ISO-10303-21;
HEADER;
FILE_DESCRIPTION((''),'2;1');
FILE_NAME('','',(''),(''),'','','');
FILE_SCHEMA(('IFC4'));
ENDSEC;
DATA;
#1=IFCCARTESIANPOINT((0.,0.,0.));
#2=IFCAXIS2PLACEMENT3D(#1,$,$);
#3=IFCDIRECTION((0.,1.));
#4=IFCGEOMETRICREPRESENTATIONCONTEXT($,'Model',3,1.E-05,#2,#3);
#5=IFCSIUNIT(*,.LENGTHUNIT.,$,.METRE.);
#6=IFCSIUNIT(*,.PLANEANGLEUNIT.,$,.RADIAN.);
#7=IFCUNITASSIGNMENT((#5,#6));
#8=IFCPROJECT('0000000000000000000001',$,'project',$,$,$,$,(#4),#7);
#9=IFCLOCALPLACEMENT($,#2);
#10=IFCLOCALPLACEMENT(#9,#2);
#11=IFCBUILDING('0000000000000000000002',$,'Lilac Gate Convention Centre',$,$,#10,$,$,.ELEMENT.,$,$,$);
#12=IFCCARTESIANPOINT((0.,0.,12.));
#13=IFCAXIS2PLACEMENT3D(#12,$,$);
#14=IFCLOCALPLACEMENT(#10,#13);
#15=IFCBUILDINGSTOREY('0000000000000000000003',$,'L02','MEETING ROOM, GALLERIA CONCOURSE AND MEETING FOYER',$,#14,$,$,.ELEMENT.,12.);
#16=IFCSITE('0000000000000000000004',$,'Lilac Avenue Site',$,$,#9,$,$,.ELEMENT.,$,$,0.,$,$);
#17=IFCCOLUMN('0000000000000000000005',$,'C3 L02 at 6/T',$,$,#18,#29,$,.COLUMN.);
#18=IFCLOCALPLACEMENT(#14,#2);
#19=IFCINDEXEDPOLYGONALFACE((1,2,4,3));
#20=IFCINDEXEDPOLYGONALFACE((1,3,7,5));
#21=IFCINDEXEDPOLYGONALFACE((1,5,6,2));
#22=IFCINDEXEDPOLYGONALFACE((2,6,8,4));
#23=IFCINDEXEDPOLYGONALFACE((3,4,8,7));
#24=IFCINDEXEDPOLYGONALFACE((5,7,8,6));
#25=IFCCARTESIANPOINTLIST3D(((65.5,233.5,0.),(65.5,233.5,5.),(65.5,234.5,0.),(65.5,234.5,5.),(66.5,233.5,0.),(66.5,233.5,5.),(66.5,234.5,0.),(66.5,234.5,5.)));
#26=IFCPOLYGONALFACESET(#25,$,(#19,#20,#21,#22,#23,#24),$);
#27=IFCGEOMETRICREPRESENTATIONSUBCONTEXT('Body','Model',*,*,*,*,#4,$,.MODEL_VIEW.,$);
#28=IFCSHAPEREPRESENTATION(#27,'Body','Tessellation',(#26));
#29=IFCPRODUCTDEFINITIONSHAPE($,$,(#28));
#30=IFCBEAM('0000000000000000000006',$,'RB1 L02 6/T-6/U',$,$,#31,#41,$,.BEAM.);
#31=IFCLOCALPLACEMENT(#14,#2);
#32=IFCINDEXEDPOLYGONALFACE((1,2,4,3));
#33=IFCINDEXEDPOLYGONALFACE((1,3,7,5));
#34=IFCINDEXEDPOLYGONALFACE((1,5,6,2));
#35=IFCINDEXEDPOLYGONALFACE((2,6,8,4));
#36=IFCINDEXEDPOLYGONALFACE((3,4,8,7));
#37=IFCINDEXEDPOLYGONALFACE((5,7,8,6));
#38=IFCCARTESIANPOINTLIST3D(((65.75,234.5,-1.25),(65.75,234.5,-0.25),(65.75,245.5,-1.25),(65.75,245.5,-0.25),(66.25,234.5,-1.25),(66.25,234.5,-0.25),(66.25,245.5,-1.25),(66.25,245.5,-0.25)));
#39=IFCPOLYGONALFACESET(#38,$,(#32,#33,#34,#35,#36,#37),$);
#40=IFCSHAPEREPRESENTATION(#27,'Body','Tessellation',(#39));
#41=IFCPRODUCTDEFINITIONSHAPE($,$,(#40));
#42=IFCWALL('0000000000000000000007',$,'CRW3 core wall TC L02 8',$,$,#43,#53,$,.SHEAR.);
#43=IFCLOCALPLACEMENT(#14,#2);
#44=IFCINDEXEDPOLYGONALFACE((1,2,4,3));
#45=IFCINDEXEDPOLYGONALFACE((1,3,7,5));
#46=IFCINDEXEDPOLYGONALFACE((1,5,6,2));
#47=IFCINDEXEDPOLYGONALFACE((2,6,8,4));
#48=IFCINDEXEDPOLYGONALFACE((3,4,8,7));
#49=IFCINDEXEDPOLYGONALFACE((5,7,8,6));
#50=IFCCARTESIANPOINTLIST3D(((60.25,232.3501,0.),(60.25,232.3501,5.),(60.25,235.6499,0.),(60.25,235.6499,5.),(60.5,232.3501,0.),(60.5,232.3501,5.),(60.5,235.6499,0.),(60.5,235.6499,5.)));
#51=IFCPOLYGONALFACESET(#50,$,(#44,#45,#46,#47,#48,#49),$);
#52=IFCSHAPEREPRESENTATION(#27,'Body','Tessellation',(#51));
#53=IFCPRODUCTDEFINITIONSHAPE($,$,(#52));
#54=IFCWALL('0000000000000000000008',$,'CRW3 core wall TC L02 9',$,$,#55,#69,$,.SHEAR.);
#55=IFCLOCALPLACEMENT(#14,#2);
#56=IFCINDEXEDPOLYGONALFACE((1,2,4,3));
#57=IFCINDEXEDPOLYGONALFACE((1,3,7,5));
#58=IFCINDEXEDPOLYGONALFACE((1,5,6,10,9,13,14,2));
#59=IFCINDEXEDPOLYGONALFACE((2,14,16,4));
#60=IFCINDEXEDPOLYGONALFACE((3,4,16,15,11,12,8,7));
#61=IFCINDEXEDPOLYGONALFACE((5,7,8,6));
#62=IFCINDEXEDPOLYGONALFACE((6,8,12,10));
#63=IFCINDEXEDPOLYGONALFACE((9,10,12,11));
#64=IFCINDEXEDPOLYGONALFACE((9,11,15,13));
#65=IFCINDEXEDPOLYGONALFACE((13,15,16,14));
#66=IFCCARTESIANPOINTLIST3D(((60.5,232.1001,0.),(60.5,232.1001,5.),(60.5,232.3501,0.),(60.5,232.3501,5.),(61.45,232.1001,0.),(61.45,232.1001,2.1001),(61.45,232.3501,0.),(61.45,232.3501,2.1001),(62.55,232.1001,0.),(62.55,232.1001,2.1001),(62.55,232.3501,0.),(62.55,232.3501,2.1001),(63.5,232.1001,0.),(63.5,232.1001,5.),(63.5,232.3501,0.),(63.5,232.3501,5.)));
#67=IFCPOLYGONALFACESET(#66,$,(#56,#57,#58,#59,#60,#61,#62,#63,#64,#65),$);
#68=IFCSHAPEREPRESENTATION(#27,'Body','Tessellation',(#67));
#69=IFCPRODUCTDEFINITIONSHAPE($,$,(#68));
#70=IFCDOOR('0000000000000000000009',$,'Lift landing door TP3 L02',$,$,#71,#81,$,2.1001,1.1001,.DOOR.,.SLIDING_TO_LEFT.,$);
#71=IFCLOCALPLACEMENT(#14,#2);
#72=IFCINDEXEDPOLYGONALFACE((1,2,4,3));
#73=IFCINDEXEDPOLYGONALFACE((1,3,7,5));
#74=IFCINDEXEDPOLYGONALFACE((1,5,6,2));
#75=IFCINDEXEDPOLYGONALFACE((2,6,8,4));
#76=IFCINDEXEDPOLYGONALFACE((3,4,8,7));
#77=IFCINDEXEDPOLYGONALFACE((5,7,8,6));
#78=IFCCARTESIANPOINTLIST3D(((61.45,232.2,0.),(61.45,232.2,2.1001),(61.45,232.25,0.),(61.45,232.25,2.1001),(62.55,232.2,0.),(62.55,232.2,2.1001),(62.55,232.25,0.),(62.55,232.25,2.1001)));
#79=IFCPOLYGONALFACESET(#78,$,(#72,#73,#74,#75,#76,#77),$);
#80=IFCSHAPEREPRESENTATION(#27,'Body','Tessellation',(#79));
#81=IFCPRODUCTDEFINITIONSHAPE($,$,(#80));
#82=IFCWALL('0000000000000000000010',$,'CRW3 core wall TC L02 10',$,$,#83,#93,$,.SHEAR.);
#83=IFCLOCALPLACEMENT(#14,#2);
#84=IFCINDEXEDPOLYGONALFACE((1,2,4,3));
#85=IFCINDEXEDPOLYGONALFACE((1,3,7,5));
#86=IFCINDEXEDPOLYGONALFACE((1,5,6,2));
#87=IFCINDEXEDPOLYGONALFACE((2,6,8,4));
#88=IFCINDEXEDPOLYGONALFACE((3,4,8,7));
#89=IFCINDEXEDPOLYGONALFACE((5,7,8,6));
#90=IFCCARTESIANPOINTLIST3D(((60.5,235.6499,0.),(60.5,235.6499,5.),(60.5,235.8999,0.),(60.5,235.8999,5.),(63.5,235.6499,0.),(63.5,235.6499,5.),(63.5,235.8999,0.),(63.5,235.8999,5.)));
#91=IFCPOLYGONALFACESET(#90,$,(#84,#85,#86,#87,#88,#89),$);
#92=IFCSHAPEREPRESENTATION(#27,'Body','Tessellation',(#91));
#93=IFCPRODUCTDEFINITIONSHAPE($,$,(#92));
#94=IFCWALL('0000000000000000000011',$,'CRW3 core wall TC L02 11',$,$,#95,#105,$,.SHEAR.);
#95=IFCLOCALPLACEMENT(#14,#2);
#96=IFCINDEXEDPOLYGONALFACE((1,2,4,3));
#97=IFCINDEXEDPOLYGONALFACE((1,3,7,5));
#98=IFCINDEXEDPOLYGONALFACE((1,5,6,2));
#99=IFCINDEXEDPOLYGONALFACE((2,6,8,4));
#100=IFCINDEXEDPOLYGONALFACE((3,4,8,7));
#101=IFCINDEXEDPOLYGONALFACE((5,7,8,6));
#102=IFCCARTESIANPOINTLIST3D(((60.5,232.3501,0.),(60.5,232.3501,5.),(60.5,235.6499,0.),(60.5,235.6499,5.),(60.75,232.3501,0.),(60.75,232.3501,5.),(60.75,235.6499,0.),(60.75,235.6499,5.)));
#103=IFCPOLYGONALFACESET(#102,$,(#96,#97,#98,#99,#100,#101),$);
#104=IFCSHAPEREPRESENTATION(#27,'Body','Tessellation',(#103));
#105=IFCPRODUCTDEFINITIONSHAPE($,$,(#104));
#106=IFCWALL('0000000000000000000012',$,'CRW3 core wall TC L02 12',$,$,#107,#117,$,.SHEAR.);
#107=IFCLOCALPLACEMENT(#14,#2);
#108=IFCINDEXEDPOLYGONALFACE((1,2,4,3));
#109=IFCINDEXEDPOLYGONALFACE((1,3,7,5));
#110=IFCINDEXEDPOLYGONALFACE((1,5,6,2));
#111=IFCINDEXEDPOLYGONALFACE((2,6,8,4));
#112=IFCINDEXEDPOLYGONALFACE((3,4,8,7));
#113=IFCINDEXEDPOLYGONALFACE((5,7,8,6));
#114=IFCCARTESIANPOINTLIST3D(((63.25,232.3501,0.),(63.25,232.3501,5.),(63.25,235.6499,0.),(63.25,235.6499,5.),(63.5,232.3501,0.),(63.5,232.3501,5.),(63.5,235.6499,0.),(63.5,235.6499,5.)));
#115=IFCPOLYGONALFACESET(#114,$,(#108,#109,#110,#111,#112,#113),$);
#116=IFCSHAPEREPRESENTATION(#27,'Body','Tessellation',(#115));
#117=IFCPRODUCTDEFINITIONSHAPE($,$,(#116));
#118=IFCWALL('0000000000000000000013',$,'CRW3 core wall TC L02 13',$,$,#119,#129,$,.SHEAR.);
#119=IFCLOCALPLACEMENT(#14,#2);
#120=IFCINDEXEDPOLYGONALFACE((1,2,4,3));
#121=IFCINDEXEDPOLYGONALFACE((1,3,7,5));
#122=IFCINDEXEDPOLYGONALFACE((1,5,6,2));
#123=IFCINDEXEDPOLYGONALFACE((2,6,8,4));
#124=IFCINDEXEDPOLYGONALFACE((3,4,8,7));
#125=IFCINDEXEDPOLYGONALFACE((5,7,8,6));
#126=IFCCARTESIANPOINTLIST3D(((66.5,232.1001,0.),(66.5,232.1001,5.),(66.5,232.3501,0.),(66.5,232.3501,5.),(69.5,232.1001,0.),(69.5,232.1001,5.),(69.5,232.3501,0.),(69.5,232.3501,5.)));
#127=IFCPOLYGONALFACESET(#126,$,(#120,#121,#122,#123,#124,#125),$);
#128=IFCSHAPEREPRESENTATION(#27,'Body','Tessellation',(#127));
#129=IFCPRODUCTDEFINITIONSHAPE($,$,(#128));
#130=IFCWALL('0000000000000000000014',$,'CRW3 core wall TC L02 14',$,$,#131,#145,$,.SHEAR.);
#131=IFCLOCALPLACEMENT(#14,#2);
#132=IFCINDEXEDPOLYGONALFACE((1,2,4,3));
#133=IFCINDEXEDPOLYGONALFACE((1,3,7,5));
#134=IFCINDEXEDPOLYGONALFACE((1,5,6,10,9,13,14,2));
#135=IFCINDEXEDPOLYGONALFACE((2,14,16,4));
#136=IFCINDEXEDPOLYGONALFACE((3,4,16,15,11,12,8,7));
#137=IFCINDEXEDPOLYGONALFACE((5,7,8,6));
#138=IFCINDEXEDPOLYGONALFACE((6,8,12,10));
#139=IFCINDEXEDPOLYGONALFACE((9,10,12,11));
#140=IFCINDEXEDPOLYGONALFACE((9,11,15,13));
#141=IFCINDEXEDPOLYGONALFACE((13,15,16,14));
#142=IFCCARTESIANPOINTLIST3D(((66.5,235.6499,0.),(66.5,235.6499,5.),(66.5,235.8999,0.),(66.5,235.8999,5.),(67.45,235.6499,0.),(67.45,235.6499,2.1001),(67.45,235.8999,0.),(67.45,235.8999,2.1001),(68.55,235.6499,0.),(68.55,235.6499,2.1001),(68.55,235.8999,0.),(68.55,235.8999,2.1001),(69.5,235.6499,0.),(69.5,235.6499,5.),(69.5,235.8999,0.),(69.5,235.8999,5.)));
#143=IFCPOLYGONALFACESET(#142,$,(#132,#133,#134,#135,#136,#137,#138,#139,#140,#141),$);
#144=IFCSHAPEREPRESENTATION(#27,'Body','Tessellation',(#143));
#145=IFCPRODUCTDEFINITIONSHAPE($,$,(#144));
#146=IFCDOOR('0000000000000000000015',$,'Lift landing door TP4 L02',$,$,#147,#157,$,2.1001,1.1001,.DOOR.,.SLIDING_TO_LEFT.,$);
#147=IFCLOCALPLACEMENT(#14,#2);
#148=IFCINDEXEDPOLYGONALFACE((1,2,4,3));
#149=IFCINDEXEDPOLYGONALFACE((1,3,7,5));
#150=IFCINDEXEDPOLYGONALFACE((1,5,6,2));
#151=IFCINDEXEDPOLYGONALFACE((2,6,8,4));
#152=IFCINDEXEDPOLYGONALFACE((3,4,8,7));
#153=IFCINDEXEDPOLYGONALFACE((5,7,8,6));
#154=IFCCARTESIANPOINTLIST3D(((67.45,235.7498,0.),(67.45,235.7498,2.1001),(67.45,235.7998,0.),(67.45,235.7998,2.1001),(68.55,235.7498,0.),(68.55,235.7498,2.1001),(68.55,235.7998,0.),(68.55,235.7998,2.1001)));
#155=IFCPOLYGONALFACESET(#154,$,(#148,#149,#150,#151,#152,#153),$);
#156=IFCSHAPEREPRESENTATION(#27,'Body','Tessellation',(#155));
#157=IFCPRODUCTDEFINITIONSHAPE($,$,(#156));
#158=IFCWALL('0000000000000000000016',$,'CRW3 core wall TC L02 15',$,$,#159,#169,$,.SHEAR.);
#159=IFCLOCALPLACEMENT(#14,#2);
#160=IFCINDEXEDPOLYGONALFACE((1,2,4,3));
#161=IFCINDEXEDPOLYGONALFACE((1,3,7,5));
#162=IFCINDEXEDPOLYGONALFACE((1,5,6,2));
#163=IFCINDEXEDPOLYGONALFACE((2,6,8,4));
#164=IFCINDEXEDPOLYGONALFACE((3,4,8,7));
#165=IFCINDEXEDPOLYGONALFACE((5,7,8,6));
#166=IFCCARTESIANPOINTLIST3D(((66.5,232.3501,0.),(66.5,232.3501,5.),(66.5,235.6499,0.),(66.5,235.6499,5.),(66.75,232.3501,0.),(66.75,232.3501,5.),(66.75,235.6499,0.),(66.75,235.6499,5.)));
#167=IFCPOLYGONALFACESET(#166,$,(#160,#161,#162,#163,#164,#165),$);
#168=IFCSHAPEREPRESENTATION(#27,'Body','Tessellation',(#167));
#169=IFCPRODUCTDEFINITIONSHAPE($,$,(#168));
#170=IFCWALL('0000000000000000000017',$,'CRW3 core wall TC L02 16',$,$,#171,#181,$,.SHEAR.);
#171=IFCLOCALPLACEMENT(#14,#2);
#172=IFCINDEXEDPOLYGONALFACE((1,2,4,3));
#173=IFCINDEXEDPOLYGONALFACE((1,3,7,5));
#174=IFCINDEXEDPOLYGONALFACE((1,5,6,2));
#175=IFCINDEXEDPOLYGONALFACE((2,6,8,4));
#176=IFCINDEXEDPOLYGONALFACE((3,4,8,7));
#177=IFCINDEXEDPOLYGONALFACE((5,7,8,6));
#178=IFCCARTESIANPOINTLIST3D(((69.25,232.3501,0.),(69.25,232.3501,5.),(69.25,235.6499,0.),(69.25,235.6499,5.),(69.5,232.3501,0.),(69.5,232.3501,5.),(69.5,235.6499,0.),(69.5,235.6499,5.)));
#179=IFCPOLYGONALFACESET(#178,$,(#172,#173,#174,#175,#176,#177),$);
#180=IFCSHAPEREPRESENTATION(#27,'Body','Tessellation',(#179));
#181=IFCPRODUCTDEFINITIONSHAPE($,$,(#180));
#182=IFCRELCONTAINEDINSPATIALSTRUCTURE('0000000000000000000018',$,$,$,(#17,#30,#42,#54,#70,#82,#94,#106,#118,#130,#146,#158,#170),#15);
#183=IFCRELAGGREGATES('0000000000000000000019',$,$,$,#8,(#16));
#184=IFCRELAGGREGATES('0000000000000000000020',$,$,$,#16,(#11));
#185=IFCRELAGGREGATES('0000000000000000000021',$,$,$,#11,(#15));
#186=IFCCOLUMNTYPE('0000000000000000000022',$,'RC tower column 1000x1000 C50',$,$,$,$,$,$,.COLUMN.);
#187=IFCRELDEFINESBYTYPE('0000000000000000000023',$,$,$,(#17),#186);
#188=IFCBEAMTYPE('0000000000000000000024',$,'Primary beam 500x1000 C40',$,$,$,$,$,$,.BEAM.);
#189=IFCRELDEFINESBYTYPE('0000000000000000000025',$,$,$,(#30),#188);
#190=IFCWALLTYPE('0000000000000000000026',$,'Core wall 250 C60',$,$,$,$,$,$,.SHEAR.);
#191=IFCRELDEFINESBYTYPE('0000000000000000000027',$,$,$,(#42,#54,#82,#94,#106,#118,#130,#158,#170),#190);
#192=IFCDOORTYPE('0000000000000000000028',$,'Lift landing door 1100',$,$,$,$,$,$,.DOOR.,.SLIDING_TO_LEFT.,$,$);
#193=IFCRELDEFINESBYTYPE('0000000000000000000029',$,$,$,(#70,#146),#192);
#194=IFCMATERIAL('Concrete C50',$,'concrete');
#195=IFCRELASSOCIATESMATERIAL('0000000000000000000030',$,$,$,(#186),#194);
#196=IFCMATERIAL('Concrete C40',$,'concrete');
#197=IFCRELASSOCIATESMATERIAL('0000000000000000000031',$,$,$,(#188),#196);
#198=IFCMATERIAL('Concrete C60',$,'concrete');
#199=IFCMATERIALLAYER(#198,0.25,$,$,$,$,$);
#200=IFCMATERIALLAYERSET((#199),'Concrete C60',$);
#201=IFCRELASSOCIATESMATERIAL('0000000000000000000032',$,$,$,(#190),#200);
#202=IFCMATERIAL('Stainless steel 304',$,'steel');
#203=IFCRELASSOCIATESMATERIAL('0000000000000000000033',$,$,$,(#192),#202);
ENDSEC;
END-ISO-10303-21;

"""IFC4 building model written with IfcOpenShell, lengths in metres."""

from ifc_helpers import new_model, si_unit, direction, frame, frame_2d, origin, origin_2d, place, context, subcontext, project, spatial, rectangle, extrude, material, layer, layer_set, material_profile, profile_set, type_object, element, fill, save


model = new_model("IFC4")

# Units and contexts
model_context = context("Model", 3, precision=1e-05, world=origin(), true_north=direction((0.0, 1.0)))
body_context = subcontext(model_context, "Body", "Model", "MODEL_VIEW")
ifc_project = project(units=[si_unit("LENGTHUNIT", "METRE"), si_unit("PLANEANGLEUNIT", "RADIAN")], contexts=[model_context])

# Site, building, storey
site_placement = place(None, origin())
site = spatial("IfcSite", under=ifc_project, at=site_placement, Name="Lilac Avenue Site", CompositionType="ELEMENT", RefElevation=0.0)
building_placement = place(site_placement, origin())
building = spatial("IfcBuilding", under=site, at=building_placement, Name="Lilac Gate Convention Centre", CompositionType="ELEMENT")
storey_placement = place(building_placement, frame((0.0, 0.0, 12.0)))
storey = spatial("IfcBuildingStorey", under=building, at=storey_placement, Name="L02", Description="MEETING ROOM, GALLERIA CONCOURSE AND MEETING FOYER", CompositionType="ELEMENT", Elevation=12.0)

# Column
ifc_material_1 = material(Name="Concrete C50", Category="concrete")
ifc_material_profile_1 = material_profile(ifc_material_1, rectangle(XDim=1.0, YDim=1.0, at=origin_2d()), Name="RC 1000x1000")
ifc_profile_set_1 = profile_set([ifc_material_profile_1], Name="Concrete C50")
column_type = type_object("IfcColumnType", Name="RC tower column 1000x1000 C50", PredefinedType="COLUMN", material=ifc_profile_set_1)
column_placement = place(storey_placement, frame((66.0, 234.0, 0.0), z_axis=(0.0, 0.0, 1.0), x_axis=(1.0, 0.0, 0.0)))
element("IfcColumn", 1, at=column_placement, inside=storey, type_object=column_type, Name="C3 L02 at 6/T", PredefinedType="COLUMN", context=body_context, shape_type="SweptSolid", body=[
    extrude(rectangle(XDim=1.0, YDim=1.0, at=origin_2d()), origin(), (0.0, 0.0, 1.0), 5.0),
])

# Beam
ifc_material_2 = material(Name="Concrete C40", Category="concrete")
ifc_material_profile_2 = material_profile(ifc_material_2, rectangle(XDim=0.5, YDim=1.0, at=origin_2d()), Name="RC 500x1000")
ifc_profile_set_2 = profile_set([ifc_material_profile_2], Name="Concrete C40")
beam_type = type_object("IfcBeamType", Name="Primary beam 500x1000 C40", PredefinedType="BEAM", material=ifc_profile_set_2)
beam_placement = place(storey_placement, frame((66.0, 234.5, -0.75), z_axis=(0.0, 1.0, 0.0), x_axis=(-1.0, 0.0, 0.0)))
element("IfcBeam", 2, at=beam_placement, inside=storey, type_object=beam_type, Name="RB1 L02 6/T-6/U", PredefinedType="BEAM", context=body_context, shape_type="SweptSolid", body=[
    extrude(rectangle(XDim=0.5, YDim=1.0, at=origin_2d()), origin(), (0.0, 0.0, 1.0), 11.0),
])

# Wall
ifc_material_3 = material(Name="Concrete C60", Category="concrete")
ifc_layer_1 = layer(ifc_material_3, 0.25)
ifc_layer_set_1 = layer_set([ifc_layer_1], Name="Concrete C60")
wall_type_1 = type_object("IfcWallType", Name="Core wall 250 C60", PredefinedType="SHEAR", material=ifc_layer_set_1)
wall_1_placement = place(storey_placement, frame((60.375, 232.3501, 0.0), z_axis=(0.0, 0.0, 1.0), x_axis=(0.0, 1.0, 0.0)))
element("IfcWall", 3, at=wall_1_placement, inside=storey, type_object=wall_type_1, Name="CRW3 core wall TC L02 8", PredefinedType="SHEAR", context=body_context, shape_type="SweptSolid", body=[
    extrude(rectangle(XDim=3.2998, YDim=0.25, at=frame_2d((1.6499, 0.0))), origin(), (0.0, 0.0, 1.0), 5.0),
])

# Wall, opening, door
wall_2_placement = place(storey_placement, frame((60.5, 232.2251, 0.0), z_axis=(0.0, 0.0, 1.0), x_axis=(1.0, 0.0, 0.0)))
wall_2 = element("IfcWall", 4, at=wall_2_placement, inside=storey, type_object=wall_type_1, Name="CRW3 core wall TC L02 9", PredefinedType="SHEAR", context=body_context, shape_type="SweptSolid", body=[
    extrude(rectangle(XDim=3.0, YDim=0.25, at=frame_2d((1.5, 0.0))), origin(), (0.0, 0.0, 1.0), 5.0),
])
opening_1_placement = place(wall_2_placement, frame((0.95, 0.0, 0.0)))
opening_1 = element("IfcOpeningElement", 5, at=opening_1_placement, cuts=wall_2, PredefinedType="OPENING", context=body_context, shape_type="SweptSolid", body=[
    extrude(rectangle(XDim=1.1001, YDim=2.1001, at=frame_2d((0.55, 1.05))), frame((0.0, 0.135, 0.0), z_axis=(0.0, -1.0, 0.0), x_axis=(1.0, 0.0, 0.0)), (0.0, 0.0, 1.0), 0.27),
])
ifc_material_4 = material(Name="Stainless steel 304", Category="steel")
door_type_1 = type_object("IfcDoorType", Name="Lift landing door 1100", OperationType="SLIDING_TO_LEFT", PredefinedType="DOOR", material=ifc_material_4)
door_1_placement = place(opening_1_placement, origin())
door_1 = element("IfcDoor", 6, at=door_1_placement, inside=storey, type_object=door_type_1, Name="Lift landing door TP3 L02", OperationType="SLIDING_TO_LEFT", OverallHeight=2.1001, OverallWidth=1.1001, PredefinedType="DOOR", context=body_context, shape_type="SweptSolid", body=[
    extrude(rectangle(XDim=1.1001, YDim=2.1001, at=frame_2d((0.55, 1.05))), frame((0.0, 0.0249, 0.0), z_axis=(0.0, -1.0, 0.0), x_axis=(1.0, 0.0, 0.0)), (0.0, 0.0, 1.0), 0.05),
])
fill(opening_1, door_1)

# Walls
wall_3_placement = place(storey_placement, frame((60.5, 235.7749, 0.0), z_axis=(0.0, 0.0, 1.0), x_axis=(1.0, 0.0, 0.0)))
element("IfcWall", 7, at=wall_3_placement, inside=storey, type_object=wall_type_1, Name="CRW3 core wall TC L02 10", PredefinedType="SHEAR", context=body_context, shape_type="SweptSolid", body=[
    extrude(rectangle(XDim=3.0, YDim=0.25, at=frame_2d((1.5, 0.0))), origin(), (0.0, 0.0, 1.0), 5.0),
])
for number, where, z_axis, x_axis, name in (
    (8, (60.625, 232.3501, 0.0), (0.0, 0.0, 1.0), (0.0, 1.0, 0.0), "CRW3 core wall TC L02 11"),
    (9, (63.375, 232.3501, 0.0), (0.0, 0.0, 1.0), (0.0, 1.0, 0.0), "CRW3 core wall TC L02 12"),
):
    element("IfcWall", number, at=place(storey_placement, frame(where, z_axis=z_axis, x_axis=x_axis)), inside=storey, type_object=wall_type_1, Name=name, PredefinedType="SHEAR", context=body_context, shape_type="SweptSolid", body=[
        extrude(rectangle(XDim=3.2998, YDim=0.25, at=frame_2d((1.6499, 0.0))), origin(), (0.0, 0.0, 1.0), 5.0),
    ])
wall_4_placement = place(storey_placement, frame((66.5, 232.2251, 0.0), z_axis=(0.0, 0.0, 1.0), x_axis=(1.0, 0.0, 0.0)))
element("IfcWall", 10, at=wall_4_placement, inside=storey, type_object=wall_type_1, Name="CRW3 core wall TC L02 13", PredefinedType="SHEAR", context=body_context, shape_type="SweptSolid", body=[
    extrude(rectangle(XDim=3.0, YDim=0.25, at=frame_2d((1.5, 0.0))), origin(), (0.0, 0.0, 1.0), 5.0),
])

# Wall, opening, door
wall_5_placement = place(storey_placement, frame((66.5, 235.7749, 0.0), z_axis=(0.0, 0.0, 1.0), x_axis=(1.0, 0.0, 0.0)))
wall_5 = element("IfcWall", 11, at=wall_5_placement, inside=storey, type_object=wall_type_1, Name="CRW3 core wall TC L02 14", PredefinedType="SHEAR", context=body_context, shape_type="SweptSolid", body=[
    extrude(rectangle(XDim=3.0, YDim=0.25, at=frame_2d((1.5, 0.0))), origin(), (0.0, 0.0, 1.0), 5.0),
])
opening_2_placement = place(wall_5_placement, frame((0.95, 0.0, 0.0)))
opening_2 = element("IfcOpeningElement", 12, at=opening_2_placement, cuts=wall_5, PredefinedType="OPENING", context=body_context, shape_type="SweptSolid", body=[
    extrude(rectangle(XDim=1.1001, YDim=2.1001, at=frame_2d((0.55, 1.05))), frame((0.0, 0.135, 0.0), z_axis=(0.0, -1.0, 0.0), x_axis=(1.0, 0.0, 0.0)), (0.0, 0.0, 1.0), 0.27),
])
door_2_placement = place(opening_2_placement, origin())
door_2 = element("IfcDoor", 13, at=door_2_placement, inside=storey, type_object=door_type_1, Name="Lift landing door TP4 L02", OperationType="SLIDING_TO_LEFT", OverallHeight=2.1001, OverallWidth=1.1001, PredefinedType="DOOR", context=body_context, shape_type="SweptSolid", body=[
    extrude(rectangle(XDim=1.1001, YDim=2.1001, at=frame_2d((0.55, 1.05))), frame((0.0, 0.0249, 0.0), z_axis=(0.0, -1.0, 0.0), x_axis=(1.0, 0.0, 0.0)), (0.0, 0.0, 1.0), 0.05),
])
fill(opening_2, door_2)

# Walls
for number, where, z_axis, x_axis, name in (
    (14, (66.625, 232.3501, 0.0), (0.0, 0.0, 1.0), (0.0, 1.0, 0.0), "CRW3 core wall TC L02 15"),
    (15, (69.375, 232.3501, 0.0), (0.0, 0.0, 1.0), (0.0, 1.0, 0.0), "CRW3 core wall TC L02 16"),
):
    element("IfcWall", number, at=place(storey_placement, frame(where, z_axis=z_axis, x_axis=x_axis)), inside=storey, type_object=wall_type_1, Name=name, PredefinedType="SHEAR", context=body_context, shape_type="SweptSolid", body=[
        extrude(rectangle(XDim=3.2998, YDim=0.25, at=frame_2d((1.6499, 0.0))), origin(), (0.0, 0.0, 1.0), 5.0),
    ])

save(model, "model.ifc")
